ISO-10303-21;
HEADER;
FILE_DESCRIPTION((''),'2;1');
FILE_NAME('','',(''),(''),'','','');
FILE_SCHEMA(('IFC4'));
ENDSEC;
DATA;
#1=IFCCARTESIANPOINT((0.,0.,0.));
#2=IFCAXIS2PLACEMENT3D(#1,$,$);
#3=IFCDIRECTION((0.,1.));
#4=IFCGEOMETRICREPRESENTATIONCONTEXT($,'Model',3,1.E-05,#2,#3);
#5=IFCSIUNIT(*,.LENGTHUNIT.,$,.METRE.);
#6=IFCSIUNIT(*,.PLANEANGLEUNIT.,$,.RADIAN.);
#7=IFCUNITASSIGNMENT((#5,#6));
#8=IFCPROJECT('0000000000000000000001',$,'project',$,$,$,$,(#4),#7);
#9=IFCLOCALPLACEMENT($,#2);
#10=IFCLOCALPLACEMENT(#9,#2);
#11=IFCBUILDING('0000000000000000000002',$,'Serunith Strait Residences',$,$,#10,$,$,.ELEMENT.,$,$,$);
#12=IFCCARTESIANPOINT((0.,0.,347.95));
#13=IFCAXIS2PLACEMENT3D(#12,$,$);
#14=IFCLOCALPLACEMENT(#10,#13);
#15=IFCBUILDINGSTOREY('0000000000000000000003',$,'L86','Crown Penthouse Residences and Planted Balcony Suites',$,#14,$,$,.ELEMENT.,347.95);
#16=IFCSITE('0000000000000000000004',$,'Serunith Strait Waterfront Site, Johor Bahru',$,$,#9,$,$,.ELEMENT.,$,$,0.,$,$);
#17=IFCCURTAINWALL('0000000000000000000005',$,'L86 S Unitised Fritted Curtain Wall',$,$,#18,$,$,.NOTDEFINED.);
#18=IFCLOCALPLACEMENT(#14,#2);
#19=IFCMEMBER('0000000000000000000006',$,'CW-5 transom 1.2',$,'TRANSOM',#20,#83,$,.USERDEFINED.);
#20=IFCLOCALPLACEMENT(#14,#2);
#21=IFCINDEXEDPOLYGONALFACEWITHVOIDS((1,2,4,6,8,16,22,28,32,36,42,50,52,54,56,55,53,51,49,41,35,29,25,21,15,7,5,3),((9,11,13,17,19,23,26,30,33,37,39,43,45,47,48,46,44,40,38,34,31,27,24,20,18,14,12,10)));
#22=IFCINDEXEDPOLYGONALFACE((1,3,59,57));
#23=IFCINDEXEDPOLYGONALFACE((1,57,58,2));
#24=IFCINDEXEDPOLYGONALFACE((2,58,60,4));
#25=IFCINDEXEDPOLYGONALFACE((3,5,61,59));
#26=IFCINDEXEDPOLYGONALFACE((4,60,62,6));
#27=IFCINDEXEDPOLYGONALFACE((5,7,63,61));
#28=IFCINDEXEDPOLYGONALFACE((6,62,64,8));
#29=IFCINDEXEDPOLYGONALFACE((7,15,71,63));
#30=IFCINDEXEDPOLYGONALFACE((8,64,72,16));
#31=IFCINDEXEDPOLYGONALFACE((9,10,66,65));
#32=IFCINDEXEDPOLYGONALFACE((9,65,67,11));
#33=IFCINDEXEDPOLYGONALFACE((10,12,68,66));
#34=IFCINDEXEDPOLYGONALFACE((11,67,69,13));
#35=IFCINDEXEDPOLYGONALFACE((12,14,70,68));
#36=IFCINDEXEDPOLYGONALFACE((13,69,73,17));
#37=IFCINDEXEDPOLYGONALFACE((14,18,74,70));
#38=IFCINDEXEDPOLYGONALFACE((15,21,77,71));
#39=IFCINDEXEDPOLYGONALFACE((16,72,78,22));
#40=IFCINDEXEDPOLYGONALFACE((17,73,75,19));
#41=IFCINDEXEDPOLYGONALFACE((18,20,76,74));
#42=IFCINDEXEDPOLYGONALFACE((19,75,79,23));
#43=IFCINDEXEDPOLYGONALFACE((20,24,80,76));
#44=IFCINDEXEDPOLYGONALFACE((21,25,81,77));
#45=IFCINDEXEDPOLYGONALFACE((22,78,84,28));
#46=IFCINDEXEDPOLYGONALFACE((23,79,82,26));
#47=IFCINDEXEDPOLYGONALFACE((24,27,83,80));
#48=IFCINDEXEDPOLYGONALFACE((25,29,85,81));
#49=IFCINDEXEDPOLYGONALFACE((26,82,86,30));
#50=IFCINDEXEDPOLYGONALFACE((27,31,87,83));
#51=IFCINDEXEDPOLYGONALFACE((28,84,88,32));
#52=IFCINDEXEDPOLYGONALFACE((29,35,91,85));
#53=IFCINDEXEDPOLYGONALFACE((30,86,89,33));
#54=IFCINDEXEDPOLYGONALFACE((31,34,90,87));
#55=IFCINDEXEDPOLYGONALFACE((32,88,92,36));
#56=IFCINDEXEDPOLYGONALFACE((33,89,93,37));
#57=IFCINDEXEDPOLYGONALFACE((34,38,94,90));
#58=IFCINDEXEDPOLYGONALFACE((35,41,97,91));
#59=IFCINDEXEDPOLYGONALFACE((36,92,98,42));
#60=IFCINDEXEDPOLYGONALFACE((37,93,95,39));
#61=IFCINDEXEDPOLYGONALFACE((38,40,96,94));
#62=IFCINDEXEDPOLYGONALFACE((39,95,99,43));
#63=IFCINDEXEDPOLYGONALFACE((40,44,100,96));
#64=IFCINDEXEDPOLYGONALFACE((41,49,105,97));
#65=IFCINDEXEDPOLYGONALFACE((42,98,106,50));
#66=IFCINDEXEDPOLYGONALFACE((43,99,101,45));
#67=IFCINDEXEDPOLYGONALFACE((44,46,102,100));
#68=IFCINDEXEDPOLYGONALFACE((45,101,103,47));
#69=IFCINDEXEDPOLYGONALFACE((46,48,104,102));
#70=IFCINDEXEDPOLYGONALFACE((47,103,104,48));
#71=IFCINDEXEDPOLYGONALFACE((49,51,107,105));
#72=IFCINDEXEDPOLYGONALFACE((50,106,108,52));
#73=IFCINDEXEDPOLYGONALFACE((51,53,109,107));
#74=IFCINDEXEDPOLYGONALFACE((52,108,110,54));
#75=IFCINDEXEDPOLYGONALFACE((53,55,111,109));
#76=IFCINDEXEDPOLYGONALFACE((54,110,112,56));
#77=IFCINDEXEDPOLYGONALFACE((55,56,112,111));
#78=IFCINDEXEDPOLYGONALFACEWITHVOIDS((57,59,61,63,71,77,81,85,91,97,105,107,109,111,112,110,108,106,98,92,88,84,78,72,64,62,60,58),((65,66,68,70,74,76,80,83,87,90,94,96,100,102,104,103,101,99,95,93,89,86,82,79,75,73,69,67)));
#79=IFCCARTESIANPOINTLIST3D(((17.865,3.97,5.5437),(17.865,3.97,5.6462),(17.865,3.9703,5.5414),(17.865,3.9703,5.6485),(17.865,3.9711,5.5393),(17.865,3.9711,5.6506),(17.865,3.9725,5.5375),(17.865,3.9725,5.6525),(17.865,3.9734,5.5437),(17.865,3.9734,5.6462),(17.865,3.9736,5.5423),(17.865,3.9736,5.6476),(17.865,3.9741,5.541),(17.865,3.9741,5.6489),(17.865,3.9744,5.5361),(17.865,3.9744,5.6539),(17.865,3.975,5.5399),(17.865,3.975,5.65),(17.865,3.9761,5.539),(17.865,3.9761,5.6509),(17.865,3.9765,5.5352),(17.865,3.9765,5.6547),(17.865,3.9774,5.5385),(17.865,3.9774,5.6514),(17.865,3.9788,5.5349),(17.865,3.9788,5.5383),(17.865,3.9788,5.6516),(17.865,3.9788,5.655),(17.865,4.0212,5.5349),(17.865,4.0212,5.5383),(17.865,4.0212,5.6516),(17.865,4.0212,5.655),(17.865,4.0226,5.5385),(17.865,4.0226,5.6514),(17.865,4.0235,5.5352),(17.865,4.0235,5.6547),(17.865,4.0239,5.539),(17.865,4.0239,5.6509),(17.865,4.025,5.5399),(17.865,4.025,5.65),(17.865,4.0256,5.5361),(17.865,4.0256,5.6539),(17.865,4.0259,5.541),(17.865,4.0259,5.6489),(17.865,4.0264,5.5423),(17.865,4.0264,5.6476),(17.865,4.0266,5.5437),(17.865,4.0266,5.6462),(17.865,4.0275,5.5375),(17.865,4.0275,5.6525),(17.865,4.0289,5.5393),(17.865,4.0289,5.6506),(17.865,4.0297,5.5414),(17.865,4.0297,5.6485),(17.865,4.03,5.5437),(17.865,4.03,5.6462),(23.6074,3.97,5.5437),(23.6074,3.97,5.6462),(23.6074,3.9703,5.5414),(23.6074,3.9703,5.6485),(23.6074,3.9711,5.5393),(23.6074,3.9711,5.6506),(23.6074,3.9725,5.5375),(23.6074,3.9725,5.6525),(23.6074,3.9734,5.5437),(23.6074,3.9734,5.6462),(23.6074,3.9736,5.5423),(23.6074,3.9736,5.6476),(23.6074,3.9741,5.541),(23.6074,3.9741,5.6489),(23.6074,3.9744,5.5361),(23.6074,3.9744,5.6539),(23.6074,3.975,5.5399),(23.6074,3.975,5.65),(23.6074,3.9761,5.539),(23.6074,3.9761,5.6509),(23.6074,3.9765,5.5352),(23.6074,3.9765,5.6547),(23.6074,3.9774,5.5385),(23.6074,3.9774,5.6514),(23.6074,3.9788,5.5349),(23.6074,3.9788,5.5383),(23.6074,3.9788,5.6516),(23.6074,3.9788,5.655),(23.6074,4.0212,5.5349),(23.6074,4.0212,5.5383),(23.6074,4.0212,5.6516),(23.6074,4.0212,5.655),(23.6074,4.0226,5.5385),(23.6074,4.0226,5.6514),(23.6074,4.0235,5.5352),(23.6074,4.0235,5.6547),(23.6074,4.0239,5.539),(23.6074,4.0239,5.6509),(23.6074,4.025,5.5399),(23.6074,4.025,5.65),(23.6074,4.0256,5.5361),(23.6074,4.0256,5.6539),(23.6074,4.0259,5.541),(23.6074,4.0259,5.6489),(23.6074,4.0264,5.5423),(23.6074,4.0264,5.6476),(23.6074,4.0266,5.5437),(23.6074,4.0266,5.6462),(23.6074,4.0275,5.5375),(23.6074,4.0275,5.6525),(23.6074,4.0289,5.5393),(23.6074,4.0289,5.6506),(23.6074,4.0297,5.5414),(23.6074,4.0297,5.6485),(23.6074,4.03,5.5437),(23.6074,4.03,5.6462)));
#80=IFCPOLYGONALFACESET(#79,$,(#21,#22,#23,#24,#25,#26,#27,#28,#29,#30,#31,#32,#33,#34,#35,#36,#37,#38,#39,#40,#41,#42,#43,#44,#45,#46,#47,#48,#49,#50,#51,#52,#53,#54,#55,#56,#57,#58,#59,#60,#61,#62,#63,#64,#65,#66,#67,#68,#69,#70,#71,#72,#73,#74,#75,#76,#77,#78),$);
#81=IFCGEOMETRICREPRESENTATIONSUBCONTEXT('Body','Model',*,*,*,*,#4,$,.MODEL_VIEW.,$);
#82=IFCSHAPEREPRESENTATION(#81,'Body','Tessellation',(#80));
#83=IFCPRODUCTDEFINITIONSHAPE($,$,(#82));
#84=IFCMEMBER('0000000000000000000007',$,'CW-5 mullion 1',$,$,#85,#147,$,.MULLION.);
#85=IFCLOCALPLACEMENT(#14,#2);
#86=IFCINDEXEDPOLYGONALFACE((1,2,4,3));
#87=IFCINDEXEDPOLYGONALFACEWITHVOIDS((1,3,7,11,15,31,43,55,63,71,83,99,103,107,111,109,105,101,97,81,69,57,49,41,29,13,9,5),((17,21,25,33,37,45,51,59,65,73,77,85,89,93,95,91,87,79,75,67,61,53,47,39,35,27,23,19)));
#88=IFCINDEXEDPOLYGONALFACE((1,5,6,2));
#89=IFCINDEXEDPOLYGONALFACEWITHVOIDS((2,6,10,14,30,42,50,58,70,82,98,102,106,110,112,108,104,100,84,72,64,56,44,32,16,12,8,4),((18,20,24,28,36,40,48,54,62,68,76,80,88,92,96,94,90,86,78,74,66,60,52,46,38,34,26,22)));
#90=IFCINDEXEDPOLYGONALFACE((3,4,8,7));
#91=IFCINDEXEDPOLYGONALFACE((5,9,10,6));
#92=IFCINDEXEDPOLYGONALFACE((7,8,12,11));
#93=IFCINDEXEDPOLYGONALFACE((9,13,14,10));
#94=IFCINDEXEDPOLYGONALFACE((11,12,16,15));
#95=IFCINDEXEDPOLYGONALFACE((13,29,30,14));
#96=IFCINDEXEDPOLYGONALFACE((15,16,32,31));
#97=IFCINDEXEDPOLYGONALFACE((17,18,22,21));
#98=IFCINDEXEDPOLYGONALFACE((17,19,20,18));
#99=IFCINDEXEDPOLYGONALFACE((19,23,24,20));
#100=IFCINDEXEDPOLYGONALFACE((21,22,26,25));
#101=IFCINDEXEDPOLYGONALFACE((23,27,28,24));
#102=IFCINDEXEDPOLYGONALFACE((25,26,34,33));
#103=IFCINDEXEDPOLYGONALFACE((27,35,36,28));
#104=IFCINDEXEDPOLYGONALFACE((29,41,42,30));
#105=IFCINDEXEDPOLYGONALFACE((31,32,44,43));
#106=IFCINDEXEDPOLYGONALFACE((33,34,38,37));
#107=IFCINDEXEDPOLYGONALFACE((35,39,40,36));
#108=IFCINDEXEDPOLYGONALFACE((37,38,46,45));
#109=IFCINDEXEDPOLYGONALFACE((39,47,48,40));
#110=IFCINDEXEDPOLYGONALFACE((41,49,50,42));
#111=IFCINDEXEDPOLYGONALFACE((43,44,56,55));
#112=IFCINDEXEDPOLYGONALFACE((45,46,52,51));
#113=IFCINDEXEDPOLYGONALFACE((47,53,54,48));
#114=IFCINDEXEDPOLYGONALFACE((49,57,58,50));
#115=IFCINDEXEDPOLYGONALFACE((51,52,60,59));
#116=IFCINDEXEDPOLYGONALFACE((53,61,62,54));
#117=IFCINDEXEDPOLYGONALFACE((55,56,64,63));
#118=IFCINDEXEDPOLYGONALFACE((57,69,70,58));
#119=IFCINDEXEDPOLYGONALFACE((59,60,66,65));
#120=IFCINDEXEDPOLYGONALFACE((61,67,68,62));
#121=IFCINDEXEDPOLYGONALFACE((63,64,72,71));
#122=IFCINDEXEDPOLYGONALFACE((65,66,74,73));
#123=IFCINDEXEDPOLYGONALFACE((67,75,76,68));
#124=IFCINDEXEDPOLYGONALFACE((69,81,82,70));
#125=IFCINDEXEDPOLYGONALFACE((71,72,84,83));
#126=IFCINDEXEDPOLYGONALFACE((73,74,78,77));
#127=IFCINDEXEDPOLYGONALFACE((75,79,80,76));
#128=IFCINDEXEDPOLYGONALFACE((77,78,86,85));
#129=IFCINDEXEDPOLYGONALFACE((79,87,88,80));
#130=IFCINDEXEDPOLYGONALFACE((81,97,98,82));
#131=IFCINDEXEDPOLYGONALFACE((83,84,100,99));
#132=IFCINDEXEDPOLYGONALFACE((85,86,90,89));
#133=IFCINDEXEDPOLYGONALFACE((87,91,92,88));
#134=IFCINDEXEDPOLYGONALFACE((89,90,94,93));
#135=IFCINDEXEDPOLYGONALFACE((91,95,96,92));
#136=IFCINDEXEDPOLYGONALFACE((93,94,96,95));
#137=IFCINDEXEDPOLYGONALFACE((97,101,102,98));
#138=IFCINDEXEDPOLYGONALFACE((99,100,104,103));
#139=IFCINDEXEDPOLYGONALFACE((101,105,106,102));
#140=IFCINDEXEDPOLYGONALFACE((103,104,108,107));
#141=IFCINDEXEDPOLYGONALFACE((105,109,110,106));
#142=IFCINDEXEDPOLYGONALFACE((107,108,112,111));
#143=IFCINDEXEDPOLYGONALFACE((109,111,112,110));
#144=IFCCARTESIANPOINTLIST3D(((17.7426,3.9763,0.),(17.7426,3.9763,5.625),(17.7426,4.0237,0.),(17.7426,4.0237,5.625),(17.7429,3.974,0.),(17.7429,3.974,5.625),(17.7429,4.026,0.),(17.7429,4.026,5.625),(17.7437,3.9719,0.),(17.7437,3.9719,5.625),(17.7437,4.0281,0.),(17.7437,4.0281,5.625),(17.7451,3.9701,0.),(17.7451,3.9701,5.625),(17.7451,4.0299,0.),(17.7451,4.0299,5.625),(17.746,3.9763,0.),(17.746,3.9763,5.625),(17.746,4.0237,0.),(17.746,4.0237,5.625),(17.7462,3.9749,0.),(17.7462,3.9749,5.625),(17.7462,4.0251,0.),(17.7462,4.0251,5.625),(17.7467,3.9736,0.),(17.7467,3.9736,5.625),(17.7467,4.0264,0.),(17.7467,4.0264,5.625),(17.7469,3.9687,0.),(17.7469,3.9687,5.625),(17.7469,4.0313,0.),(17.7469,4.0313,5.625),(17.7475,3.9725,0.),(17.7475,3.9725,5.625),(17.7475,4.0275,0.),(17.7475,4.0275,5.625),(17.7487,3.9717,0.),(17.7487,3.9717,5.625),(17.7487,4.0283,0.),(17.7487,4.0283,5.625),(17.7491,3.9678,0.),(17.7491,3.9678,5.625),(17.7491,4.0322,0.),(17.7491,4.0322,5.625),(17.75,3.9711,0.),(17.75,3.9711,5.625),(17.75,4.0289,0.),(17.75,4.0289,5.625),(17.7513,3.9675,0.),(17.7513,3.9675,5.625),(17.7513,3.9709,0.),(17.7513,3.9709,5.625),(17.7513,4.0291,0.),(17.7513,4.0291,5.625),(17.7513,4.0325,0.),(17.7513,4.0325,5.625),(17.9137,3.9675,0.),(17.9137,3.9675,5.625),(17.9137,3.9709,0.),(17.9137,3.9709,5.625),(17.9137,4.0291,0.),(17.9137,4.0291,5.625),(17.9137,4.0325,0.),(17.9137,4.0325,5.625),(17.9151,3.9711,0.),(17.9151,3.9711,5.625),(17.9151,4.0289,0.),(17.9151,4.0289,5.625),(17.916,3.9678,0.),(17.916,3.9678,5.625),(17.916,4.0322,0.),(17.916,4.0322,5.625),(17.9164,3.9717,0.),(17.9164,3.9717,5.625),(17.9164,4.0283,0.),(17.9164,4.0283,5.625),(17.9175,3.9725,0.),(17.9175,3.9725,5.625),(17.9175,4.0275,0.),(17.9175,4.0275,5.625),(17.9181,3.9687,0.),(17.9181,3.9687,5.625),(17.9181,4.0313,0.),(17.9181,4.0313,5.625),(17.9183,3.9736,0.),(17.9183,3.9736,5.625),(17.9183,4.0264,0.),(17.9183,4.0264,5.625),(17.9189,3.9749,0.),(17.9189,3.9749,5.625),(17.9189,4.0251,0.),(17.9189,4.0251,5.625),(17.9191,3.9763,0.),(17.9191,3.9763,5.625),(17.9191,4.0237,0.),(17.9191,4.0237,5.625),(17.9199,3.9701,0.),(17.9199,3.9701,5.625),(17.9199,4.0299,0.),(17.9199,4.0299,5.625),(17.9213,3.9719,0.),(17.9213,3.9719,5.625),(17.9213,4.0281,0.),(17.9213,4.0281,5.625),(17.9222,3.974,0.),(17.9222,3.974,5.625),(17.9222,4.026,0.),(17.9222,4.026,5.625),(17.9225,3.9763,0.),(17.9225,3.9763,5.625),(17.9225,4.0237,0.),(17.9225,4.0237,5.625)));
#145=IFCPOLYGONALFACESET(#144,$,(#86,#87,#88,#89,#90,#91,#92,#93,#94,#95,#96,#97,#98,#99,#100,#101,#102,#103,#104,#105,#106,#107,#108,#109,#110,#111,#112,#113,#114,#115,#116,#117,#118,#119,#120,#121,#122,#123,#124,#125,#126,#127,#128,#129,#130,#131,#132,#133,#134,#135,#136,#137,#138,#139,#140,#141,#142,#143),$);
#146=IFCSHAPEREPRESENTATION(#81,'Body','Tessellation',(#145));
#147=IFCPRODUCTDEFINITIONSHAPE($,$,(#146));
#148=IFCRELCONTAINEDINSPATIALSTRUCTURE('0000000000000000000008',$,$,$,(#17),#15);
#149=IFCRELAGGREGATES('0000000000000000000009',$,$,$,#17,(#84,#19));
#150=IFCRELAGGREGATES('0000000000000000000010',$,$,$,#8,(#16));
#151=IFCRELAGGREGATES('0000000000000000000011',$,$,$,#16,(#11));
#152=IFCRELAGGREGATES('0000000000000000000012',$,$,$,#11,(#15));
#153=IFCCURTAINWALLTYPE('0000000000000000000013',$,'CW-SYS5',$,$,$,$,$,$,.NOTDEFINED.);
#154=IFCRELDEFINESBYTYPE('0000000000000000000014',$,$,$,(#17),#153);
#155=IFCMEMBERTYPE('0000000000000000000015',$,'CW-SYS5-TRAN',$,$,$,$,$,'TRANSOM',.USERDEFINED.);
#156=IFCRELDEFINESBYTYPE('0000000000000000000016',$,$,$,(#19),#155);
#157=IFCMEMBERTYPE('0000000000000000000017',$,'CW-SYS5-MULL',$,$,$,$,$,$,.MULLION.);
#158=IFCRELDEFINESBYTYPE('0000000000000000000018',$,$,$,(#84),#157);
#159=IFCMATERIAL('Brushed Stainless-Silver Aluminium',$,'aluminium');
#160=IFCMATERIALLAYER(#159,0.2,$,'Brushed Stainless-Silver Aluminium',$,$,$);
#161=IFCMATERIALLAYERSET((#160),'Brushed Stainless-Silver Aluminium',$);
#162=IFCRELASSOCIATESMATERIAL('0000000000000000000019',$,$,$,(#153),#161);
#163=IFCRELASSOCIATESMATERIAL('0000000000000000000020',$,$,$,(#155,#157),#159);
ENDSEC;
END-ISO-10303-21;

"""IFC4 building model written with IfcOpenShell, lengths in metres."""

from ifc_helpers import new_model, si_unit, direction, frame, origin, origin_2d, place, context, subcontext, project, spatial, hollow_rectangle, extrude, source, transform, mapped, material, layer, layer_set, material_profile, profile_set, type_object, element, aggregate, save


model = new_model("IFC4")

# Units and contexts
model_context = context("Model", 3, precision=1e-05, world=origin(), true_north=direction((0.0, 1.0)))
body_context = subcontext(model_context, "Body", "Model", "MODEL_VIEW")
ifc_project = project(units=[si_unit("LENGTHUNIT", "METRE"), si_unit("PLANEANGLEUNIT", "RADIAN")], contexts=[model_context])

# Site, building, storey
site_placement = place(None, origin())
site = spatial("IfcSite", under=ifc_project, at=site_placement, Name="Serunith Strait Waterfront Site, Johor Bahru", CompositionType="ELEMENT", RefElevation=0.0)
building_placement = place(site_placement, origin())
building = spatial("IfcBuilding", under=site, at=building_placement, Name="Serunith Strait Residences", CompositionType="ELEMENT")
storey_placement = place(building_placement, frame((0.0, 0.0, 347.95)))
storey = spatial("IfcBuildingStorey", under=building, at=storey_placement, Name="L86", Description="Crown Penthouse Residences and Planted Balcony Suites", CompositionType="ELEMENT", Elevation=347.95)

# Curtain wall, members
ifc_material_1 = material(Name="Brushed Stainless-Silver Aluminium", Category="aluminium")
ifc_layer_1 = layer(ifc_material_1, 0.2, Name="Brushed Stainless-Silver Aluminium")
ifc_layer_set_1 = layer_set([ifc_layer_1], Name="Brushed Stainless-Silver Aluminium")
curtain_wall_type = type_object("IfcCurtainWallType", Name="CW-SYS5", PredefinedType="NOTDEFINED", material=ifc_layer_set_1)
curtain_wall_1_placement = place(storey_placement, origin())
curtain_wall_1 = element("IfcCurtainWall", 1, at=curtain_wall_1_placement, inside=storey, type_object=curtain_wall_type, Name="L86 S Unitised Fritted Curtain Wall", PredefinedType="NOTDEFINED")
ifc_material_profile_1 = material_profile(ifc_material_1, hollow_rectangle(XDim=0.0601, YDim=0.1201, WallThickness=0.0034, InnerFilletRadius=0.0054, OuterFilletRadius=0.0088, at=origin_2d()), Name="ALU 120x60x3.5")
ifc_profile_set_1 = profile_set([ifc_material_profile_1], Name="Brushed Stainless-Silver Aluminium")
member_type_1 = type_object("IfcMemberType", Name="CW-SYS5-TRAN", ElementType="TRANSOM", PredefinedType="USERDEFINED", material=ifc_profile_set_1)
shared_shape_1 = source(origin(), body_context, "Body", "SweptSolid", [
    extrude(hollow_rectangle(XDim=0.0601, YDim=0.1201, WallThickness=0.0034, InnerFilletRadius=0.0054, OuterFilletRadius=0.0088, at=origin_2d()), origin(), (0.0, 0.0, 1.0), 5.7424),
])
member_1_placement = place(storey_placement, frame((17.865, 4.0, 5.595), z_axis=(1.0, 0.0, 0.0), x_axis=(0.0, 1.0, 0.0)))
member_1 = element("IfcMember", 2, at=member_1_placement, type_object=member_type_1, Name="CW-5 transom 1.2", ObjectType="TRANSOM", PredefinedType="USERDEFINED", context=body_context, shape_type="MappedRepresentation", body=[
    mapped(shared_shape_1, transform((0.0, 0.0, 0.0), scale=1.0)),
])
ifc_material_profile_2 = material_profile(ifc_material_1, hollow_rectangle(XDim=0.0649, YDim=0.1799, WallThickness=0.0034, InnerFilletRadius=0.0054, OuterFilletRadius=0.0088, at=origin_2d()), Name="ALU 180x65x3.5")
ifc_profile_set_2 = profile_set([ifc_material_profile_2], Name="Brushed Stainless-Silver Aluminium")
member_type_2 = type_object("IfcMemberType", Name="CW-SYS5-MULL", PredefinedType="MULLION", material=ifc_profile_set_2)
shared_shape_2 = source(origin(), body_context, "Body", "SweptSolid", [
    extrude(hollow_rectangle(XDim=0.0649, YDim=0.1799, WallThickness=0.0034, InnerFilletRadius=0.0054, OuterFilletRadius=0.0088, at=origin_2d()), origin(), (0.0, 0.0, 1.0), 5.625),
])
member_2_placement = place(storey_placement, frame((17.8325, 4.0, 0.0), z_axis=(0.0, 0.0, 1.0), x_axis=(0.0, 1.0, 0.0)))
member_2 = element("IfcMember", 3, at=member_2_placement, type_object=member_type_2, Name="CW-5 mullion 1", PredefinedType="MULLION", context=body_context, shape_type="MappedRepresentation", body=[
    mapped(shared_shape_2, transform((0.0, 0.0, 0.0), scale=1.0)),
])
aggregate(curtain_wall_1, [member_2, member_1])

save(model, "model.ifc")
